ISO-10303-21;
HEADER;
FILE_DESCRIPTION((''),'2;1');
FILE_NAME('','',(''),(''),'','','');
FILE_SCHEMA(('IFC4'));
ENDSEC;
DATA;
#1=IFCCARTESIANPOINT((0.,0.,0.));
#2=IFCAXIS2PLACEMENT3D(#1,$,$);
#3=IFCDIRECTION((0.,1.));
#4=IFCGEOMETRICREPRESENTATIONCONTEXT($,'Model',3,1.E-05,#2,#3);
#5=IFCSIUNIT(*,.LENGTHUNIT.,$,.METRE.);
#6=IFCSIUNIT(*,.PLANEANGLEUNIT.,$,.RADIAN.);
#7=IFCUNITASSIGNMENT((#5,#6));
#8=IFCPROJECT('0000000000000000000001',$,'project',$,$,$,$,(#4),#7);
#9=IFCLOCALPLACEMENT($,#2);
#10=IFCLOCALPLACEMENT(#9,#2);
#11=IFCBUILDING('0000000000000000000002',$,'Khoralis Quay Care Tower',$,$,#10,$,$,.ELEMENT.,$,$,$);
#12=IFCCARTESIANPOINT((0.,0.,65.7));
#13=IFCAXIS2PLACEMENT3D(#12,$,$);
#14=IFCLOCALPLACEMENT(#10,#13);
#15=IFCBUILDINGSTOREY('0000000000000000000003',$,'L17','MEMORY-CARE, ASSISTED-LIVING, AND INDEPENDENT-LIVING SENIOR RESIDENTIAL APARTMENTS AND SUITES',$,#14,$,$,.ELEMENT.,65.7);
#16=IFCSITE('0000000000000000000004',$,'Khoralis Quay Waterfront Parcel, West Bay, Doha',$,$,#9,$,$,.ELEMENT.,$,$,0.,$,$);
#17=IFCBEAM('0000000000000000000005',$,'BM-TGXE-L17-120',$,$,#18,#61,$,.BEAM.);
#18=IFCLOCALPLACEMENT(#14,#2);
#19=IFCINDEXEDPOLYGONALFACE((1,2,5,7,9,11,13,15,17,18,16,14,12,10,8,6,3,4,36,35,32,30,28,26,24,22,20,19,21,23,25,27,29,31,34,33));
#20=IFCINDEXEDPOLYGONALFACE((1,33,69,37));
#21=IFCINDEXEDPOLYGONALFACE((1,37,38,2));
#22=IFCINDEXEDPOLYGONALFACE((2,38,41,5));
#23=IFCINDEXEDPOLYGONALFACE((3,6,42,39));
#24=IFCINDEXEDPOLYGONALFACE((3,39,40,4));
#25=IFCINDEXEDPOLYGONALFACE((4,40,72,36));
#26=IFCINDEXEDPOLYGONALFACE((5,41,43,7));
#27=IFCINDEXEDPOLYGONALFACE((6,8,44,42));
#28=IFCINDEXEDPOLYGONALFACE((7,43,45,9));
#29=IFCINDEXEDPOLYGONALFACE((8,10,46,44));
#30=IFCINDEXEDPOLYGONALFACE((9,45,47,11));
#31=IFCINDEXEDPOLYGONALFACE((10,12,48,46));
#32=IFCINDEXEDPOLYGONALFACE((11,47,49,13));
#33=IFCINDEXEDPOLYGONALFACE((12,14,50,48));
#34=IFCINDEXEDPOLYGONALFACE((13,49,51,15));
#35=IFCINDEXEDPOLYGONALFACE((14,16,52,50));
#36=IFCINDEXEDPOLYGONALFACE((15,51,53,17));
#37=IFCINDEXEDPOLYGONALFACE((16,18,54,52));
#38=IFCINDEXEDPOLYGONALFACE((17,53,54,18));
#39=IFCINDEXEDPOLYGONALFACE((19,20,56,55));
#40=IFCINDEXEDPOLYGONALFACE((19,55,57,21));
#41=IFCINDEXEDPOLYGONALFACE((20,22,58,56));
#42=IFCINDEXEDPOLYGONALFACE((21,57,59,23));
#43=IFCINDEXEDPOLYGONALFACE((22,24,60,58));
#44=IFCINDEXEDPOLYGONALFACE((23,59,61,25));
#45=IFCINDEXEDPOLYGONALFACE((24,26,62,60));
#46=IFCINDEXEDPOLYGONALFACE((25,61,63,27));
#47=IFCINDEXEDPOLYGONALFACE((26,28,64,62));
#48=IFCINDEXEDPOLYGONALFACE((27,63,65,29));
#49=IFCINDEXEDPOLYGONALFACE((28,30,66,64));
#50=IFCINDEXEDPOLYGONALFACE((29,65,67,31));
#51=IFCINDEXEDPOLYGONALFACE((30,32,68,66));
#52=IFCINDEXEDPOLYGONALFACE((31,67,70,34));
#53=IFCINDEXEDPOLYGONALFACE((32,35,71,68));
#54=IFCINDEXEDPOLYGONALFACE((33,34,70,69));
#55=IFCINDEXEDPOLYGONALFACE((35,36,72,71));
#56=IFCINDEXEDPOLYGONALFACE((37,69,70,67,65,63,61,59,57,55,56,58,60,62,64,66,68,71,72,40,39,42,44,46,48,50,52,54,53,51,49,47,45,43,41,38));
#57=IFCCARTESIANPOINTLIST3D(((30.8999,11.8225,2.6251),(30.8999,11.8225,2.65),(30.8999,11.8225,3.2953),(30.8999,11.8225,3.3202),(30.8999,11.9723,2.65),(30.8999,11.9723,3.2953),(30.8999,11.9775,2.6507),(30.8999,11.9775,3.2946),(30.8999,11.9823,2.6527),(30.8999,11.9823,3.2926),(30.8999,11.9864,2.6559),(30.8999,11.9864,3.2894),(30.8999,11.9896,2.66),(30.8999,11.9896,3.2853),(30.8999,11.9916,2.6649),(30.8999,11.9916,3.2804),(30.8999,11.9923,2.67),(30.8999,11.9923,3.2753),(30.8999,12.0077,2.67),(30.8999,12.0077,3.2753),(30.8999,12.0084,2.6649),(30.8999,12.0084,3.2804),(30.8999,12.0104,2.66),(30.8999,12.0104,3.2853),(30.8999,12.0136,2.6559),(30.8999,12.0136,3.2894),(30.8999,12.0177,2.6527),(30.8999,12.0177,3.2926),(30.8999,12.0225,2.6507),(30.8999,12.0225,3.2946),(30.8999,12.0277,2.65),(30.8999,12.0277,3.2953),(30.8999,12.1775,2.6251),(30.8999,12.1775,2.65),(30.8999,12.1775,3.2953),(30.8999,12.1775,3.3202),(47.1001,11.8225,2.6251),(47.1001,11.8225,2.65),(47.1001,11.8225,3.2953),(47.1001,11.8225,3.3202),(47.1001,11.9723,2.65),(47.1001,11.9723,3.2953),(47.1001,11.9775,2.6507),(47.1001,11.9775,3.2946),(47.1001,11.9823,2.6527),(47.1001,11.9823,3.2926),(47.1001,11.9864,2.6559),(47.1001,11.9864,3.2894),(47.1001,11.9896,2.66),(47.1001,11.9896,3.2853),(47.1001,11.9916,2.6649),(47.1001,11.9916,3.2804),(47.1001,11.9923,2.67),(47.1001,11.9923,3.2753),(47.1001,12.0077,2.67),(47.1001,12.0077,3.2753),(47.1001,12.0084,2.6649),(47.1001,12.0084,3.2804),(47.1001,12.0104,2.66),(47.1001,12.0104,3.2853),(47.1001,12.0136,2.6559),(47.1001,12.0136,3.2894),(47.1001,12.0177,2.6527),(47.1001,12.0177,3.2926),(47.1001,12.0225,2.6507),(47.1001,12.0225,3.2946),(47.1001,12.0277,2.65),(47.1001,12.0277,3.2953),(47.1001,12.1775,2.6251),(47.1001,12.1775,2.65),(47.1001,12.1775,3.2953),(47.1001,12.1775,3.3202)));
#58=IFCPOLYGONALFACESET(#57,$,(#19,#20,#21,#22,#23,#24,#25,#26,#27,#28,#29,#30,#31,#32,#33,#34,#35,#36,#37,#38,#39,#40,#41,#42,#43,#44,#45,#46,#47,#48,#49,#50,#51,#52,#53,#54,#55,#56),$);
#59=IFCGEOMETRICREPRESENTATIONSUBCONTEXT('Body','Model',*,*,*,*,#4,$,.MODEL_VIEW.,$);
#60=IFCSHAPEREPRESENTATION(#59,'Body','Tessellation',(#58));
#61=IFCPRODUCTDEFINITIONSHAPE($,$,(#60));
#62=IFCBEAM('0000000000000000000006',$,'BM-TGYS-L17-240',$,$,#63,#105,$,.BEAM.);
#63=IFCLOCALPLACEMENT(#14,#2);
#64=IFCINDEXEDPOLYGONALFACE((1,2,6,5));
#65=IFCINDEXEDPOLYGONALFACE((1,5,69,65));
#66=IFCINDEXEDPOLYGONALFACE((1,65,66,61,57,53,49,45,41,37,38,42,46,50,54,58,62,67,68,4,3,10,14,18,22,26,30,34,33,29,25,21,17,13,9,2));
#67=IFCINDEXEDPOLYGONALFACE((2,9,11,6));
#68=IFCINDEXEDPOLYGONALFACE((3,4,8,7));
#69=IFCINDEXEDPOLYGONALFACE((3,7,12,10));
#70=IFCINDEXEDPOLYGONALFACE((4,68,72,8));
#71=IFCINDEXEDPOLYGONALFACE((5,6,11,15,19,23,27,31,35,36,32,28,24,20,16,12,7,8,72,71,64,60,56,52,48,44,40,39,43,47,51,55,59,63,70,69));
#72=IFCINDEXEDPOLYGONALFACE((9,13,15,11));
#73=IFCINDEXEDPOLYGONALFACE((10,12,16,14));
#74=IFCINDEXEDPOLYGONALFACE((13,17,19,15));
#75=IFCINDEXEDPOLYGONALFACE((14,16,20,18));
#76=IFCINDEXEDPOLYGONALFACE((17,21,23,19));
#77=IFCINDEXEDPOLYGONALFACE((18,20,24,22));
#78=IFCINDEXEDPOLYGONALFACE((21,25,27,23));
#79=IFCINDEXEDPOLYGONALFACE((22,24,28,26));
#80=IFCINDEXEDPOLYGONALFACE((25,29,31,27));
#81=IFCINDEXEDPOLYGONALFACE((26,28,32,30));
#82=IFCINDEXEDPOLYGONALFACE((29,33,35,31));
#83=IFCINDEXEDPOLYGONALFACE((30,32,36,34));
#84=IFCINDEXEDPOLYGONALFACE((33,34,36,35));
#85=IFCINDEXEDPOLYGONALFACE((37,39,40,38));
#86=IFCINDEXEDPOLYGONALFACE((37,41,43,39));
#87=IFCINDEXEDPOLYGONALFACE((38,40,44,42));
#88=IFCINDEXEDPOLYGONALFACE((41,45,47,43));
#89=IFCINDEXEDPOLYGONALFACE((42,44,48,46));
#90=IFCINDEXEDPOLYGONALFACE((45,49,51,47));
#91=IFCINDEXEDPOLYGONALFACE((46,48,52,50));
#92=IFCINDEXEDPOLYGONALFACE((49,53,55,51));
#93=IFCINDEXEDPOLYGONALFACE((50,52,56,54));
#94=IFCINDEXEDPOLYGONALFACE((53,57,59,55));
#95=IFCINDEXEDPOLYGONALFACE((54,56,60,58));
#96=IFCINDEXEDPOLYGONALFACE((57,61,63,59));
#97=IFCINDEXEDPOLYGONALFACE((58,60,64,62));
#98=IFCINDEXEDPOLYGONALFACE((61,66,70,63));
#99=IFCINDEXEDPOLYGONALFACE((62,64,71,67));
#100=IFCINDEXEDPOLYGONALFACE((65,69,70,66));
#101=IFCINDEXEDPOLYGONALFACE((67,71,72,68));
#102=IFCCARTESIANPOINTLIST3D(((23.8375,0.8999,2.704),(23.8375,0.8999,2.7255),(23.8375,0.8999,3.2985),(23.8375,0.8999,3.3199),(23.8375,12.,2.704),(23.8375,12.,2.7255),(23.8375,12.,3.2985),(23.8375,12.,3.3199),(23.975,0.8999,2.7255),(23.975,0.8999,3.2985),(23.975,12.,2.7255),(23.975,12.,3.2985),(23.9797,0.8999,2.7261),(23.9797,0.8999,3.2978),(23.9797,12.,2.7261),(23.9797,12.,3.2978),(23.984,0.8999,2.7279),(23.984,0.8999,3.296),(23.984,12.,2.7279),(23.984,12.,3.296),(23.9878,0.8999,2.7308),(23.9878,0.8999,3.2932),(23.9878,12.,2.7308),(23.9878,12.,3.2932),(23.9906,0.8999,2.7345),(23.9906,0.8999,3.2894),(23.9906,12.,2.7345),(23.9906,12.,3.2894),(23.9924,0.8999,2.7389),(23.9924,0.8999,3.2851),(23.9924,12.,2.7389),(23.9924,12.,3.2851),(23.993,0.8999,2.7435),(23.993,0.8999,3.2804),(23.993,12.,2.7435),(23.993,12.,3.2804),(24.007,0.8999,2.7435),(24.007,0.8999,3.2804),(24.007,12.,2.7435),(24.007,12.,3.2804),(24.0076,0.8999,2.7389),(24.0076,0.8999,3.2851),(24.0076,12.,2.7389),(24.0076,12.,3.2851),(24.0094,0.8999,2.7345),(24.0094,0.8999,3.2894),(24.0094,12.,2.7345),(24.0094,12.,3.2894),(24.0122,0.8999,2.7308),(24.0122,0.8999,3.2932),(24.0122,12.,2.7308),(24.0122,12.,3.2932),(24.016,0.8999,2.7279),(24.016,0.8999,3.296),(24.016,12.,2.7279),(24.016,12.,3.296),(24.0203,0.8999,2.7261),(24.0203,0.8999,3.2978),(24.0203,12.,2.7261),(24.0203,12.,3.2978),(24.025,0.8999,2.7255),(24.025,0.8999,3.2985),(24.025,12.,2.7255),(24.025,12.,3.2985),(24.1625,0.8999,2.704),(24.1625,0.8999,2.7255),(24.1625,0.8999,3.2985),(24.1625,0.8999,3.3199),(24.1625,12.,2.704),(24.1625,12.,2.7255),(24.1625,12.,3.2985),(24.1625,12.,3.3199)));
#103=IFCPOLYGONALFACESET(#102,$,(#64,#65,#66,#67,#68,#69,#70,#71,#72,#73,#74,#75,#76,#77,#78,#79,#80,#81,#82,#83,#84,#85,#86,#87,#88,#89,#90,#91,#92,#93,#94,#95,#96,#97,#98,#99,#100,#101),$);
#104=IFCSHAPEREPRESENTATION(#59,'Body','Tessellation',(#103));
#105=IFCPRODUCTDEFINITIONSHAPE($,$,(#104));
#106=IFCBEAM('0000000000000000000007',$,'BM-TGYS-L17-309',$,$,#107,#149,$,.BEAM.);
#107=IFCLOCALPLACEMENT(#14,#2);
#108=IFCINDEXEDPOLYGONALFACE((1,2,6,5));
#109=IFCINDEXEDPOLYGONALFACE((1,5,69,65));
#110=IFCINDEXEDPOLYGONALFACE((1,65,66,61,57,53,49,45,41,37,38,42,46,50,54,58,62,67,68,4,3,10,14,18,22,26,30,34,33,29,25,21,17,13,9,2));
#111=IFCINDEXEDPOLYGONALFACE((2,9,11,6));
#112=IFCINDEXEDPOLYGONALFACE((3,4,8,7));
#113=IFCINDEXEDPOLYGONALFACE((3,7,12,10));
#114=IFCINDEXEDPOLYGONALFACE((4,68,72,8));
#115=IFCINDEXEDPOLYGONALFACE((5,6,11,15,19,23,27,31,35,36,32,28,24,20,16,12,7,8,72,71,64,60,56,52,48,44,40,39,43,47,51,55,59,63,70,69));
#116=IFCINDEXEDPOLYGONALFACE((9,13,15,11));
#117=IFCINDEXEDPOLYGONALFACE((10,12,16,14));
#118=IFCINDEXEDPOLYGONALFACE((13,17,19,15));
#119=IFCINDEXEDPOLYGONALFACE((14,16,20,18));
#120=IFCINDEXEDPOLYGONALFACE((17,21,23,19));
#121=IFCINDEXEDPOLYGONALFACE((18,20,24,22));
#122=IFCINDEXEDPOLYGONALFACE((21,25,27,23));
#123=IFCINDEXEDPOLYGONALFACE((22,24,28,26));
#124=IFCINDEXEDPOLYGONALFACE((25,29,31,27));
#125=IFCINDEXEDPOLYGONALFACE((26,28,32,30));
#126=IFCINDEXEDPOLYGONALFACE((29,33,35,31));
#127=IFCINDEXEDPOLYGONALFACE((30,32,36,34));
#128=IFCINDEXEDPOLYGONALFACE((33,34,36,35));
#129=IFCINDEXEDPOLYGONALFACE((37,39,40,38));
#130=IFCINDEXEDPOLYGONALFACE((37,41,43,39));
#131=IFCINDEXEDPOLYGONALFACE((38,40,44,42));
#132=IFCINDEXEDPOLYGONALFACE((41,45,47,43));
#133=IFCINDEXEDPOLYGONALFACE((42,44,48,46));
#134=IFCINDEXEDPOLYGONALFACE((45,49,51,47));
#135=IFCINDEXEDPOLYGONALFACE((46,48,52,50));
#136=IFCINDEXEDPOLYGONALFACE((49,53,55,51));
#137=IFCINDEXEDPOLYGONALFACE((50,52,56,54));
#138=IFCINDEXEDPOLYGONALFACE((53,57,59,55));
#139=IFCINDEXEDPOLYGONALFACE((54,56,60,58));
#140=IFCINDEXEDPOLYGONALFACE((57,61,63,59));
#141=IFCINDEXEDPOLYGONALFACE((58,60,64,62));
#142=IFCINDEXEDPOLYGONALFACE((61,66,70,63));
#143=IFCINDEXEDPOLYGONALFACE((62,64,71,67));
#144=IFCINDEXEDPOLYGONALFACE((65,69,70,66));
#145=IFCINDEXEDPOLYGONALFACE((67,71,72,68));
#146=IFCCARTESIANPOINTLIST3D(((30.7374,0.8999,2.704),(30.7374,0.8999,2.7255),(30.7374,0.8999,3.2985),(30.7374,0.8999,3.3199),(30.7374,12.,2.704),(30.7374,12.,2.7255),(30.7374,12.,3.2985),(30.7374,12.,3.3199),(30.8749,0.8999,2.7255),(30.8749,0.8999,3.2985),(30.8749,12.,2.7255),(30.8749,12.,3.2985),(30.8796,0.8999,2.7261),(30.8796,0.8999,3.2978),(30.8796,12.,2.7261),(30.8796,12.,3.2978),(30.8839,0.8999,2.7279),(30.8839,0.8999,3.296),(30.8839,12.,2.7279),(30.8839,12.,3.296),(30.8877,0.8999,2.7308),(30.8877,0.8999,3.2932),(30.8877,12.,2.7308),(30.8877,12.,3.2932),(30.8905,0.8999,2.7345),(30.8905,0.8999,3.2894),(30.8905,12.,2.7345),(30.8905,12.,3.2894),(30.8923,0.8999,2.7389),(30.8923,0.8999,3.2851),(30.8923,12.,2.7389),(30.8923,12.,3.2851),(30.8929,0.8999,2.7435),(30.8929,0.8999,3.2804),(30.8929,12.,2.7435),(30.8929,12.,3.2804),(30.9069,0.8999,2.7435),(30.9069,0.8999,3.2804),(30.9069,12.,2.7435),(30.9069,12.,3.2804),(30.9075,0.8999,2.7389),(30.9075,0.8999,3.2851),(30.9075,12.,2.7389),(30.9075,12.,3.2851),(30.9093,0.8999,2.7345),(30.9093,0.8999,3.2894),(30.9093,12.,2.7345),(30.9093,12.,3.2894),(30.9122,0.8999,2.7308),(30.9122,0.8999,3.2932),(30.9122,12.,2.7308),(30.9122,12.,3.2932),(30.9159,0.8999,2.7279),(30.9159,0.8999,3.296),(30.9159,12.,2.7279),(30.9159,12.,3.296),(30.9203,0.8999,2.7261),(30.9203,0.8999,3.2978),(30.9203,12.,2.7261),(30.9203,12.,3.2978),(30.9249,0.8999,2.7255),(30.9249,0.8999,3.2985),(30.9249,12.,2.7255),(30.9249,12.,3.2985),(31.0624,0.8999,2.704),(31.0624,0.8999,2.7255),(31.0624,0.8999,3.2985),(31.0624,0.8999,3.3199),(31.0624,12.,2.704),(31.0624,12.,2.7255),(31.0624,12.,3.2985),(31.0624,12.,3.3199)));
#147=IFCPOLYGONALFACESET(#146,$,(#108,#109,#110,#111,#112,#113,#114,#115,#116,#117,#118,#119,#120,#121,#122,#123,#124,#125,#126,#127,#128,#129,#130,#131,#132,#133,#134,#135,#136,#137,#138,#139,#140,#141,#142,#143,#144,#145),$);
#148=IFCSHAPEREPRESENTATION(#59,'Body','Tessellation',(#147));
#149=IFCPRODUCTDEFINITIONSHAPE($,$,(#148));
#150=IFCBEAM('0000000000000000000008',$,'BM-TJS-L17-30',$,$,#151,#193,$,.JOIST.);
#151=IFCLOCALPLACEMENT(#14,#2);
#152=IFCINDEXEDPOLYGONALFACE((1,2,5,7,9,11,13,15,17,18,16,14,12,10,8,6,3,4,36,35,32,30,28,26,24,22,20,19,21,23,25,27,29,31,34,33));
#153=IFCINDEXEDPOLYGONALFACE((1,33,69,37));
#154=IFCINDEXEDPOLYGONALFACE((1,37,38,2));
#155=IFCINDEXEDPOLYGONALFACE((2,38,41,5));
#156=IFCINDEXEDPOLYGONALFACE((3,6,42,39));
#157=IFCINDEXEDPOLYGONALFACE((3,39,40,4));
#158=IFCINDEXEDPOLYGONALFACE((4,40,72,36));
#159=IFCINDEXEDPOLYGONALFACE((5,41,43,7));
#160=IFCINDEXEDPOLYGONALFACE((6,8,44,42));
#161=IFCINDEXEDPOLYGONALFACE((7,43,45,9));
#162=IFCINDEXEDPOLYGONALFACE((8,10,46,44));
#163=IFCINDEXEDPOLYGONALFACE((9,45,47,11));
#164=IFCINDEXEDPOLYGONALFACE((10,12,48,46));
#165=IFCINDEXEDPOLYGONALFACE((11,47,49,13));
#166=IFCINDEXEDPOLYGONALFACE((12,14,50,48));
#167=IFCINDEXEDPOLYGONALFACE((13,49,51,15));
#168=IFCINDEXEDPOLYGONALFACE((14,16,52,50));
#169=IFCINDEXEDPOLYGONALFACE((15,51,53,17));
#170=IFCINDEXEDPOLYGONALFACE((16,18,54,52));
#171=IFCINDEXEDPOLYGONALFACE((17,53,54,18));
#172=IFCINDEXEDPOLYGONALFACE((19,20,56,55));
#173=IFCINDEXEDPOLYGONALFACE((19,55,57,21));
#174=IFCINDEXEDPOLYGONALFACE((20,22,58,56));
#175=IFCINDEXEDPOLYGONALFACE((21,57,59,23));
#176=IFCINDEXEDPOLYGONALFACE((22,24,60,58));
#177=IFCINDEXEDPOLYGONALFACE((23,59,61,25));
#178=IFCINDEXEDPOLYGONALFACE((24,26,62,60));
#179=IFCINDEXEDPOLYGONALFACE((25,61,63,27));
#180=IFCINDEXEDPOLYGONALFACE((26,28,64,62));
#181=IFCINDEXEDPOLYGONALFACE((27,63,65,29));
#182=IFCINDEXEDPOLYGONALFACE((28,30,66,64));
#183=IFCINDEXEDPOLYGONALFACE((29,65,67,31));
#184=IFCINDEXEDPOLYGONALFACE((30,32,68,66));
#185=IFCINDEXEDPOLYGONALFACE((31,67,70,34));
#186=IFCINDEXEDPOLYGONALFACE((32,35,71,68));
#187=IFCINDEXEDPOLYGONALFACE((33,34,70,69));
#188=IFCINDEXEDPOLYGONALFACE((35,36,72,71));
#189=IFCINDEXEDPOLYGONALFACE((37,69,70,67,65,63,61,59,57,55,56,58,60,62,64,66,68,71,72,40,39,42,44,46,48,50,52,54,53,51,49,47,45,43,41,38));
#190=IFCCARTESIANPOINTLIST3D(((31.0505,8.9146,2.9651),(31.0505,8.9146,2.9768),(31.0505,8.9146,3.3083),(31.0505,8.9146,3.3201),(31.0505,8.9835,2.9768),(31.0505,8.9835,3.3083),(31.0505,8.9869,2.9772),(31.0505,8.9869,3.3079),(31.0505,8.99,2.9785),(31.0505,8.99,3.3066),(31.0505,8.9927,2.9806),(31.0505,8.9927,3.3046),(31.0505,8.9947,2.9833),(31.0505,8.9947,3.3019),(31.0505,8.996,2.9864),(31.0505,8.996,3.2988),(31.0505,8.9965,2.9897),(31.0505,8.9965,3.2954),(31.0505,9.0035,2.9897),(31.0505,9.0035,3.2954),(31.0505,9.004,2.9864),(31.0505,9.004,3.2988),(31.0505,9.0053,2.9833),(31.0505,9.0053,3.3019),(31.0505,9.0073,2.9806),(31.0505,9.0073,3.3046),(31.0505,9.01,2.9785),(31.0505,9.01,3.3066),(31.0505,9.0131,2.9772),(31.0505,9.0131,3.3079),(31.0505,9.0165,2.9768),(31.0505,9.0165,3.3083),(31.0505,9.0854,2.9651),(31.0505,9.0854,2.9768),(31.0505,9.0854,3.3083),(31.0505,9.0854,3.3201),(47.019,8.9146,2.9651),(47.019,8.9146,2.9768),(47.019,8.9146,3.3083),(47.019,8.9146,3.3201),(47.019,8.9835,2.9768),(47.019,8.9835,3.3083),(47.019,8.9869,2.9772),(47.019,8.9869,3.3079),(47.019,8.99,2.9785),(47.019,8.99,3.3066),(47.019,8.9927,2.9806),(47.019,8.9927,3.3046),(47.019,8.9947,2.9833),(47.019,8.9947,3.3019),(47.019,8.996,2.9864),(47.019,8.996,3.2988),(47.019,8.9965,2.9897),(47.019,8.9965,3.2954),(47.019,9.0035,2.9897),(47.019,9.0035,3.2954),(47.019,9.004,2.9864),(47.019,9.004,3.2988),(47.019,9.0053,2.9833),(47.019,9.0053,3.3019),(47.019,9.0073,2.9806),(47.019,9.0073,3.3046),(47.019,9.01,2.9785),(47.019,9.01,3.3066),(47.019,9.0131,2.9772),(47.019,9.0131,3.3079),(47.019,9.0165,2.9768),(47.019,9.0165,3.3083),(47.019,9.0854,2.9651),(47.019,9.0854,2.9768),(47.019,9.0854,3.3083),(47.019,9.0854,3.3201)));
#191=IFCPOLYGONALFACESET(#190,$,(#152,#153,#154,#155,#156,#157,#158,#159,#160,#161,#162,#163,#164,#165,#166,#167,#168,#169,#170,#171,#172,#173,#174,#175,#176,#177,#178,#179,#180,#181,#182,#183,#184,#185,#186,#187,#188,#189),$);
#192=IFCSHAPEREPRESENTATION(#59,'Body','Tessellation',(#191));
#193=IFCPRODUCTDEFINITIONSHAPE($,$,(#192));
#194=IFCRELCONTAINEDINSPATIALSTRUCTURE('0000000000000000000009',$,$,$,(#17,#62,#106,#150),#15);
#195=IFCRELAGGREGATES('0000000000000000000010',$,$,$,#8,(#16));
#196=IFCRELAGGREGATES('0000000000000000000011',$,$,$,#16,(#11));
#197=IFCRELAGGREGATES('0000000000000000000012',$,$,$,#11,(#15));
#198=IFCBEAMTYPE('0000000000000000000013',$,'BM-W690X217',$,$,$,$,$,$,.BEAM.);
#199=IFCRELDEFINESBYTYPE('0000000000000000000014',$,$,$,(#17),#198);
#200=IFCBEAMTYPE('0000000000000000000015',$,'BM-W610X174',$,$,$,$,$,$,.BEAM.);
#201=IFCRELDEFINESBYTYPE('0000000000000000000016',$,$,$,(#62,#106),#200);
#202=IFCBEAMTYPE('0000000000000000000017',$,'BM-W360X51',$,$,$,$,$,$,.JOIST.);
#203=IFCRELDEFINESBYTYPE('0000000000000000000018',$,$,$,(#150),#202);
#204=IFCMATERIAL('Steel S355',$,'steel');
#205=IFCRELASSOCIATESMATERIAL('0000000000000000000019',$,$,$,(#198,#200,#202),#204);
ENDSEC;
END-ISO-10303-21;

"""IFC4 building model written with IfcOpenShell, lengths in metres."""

from ifc_helpers import new_model, si_unit, direction, frame, origin, origin_2d, place, context, subcontext, project, spatial, i_section, extrude, source, transform, mapped, material, material_profile, profile_set, type_object, element, save


model = new_model("IFC4")

# Units and contexts
model_context = context("Model", 3, precision=1e-05, world=origin(), true_north=direction((0.0, 1.0)))
body_context = subcontext(model_context, "Body", "Model", "MODEL_VIEW")
ifc_project = project(units=[si_unit("LENGTHUNIT", "METRE"), si_unit("PLANEANGLEUNIT", "RADIAN")], contexts=[model_context])

# Site, building, storey
site_placement = place(None, origin())
site = spatial("IfcSite", under=ifc_project, at=site_placement, Name="Khoralis Quay Waterfront Parcel, West Bay, Doha", CompositionType="ELEMENT", RefElevation=0.0)
building_placement = place(site_placement, origin())
building = spatial("IfcBuilding", under=site, at=building_placement, Name="Khoralis Quay Care Tower", CompositionType="ELEMENT")
storey_placement = place(building_placement, frame((0.0, 0.0, 65.7)))
storey = spatial("IfcBuildingStorey", under=building, at=storey_placement, Name="L17", Description="MEMORY-CARE, ASSISTED-LIVING, AND INDEPENDENT-LIVING SENIOR RESIDENTIAL APARTMENTS AND SUITES", CompositionType="ELEMENT", Elevation=65.7)

# Beams
ifc_material_1 = material(Name="Steel S355", Category="steel")
ifc_material_profile_1 = material_profile(ifc_material_1, i_section(OverallWidth=0.355, OverallDepth=0.6951, WebThickness=0.0154, FlangeThickness=0.0249, FilletRadius=0.02, at=origin_2d()), Name="Steel S355")
ifc_profile_set_1 = profile_set([ifc_material_profile_1], Name="Steel S355")
beam_type_1 = type_object("IfcBeamType", Name="BM-W690X217", PredefinedType="BEAM", material=ifc_profile_set_1)
shared_shape_1 = source(origin(), body_context, "Body", "SweptSolid", [
    extrude(i_section(OverallWidth=0.355, OverallDepth=0.6951, WebThickness=0.0154, FlangeThickness=0.0249, FilletRadius=0.02, at=origin_2d()), origin(), (0.0, 0.0, 1.0), 16.2002),
])
beam_1_placement = place(storey_placement, frame((30.8999, 12.0, 2.9727), z_axis=(1.0, 0.0, 0.0), x_axis=(0.0, 1.0, 0.0)))
element("IfcBeam", 1, at=beam_1_placement, inside=storey, type_object=beam_type_1, Name="BM-TGXE-L17-120", PredefinedType="BEAM", context=body_context, shape_type="MappedRepresentation", body=[
    mapped(shared_shape_1, transform((0.0, 0.0, 0.0), scale=1.0)),
])
ifc_material_profile_2 = material_profile(ifc_material_1, i_section(OverallWidth=0.325, OverallDepth=0.616, WebThickness=0.0139, FlangeThickness=0.0215, FilletRadius=0.0181, at=origin_2d()), Name="Steel S355")
ifc_profile_set_2 = profile_set([ifc_material_profile_2], Name="Steel S355")
beam_type_2 = type_object("IfcBeamType", Name="BM-W610X174", PredefinedType="BEAM", material=ifc_profile_set_2)
shared_shape_2 = source(origin(), body_context, "Body", "SweptSolid", [
    extrude(i_section(OverallWidth=0.325, OverallDepth=0.616, WebThickness=0.0139, FlangeThickness=0.0215, FilletRadius=0.0181, at=origin_2d()), origin(), (0.0, 0.0, 1.0), 11.1001),
])
for number, where, z_axis, x_axis, name in (
    (2, (24.0, 0.8999, 3.012), (0.0, 1.0, 0.0), (-1.0, 0.0, 0.0), "BM-TGYS-L17-240"),
    (3, (30.8999, 0.8999, 3.012), (0.0, 1.0, 0.0), (-1.0, 0.0, 0.0), "BM-TGYS-L17-309"),
):
    element("IfcBeam", number, at=place(storey_placement, frame(where, z_axis=z_axis, x_axis=x_axis)), inside=storey, type_object=beam_type_2, Name=name, PredefinedType="BEAM", context=body_context, shape_type="MappedRepresentation", body=[
        mapped(shared_shape_2, transform((0.0, 0.0, 0.0), scale=1.0)),
    ])
ifc_material_profile_3 = material_profile(ifc_material_1, i_section(OverallWidth=0.1709, OverallDepth=0.355, WebThickness=0.0071, FlangeThickness=0.0117, FilletRadius=0.0129, at=origin_2d()), Name="Steel S355")
ifc_profile_set_3 = profile_set([ifc_material_profile_3], Name="Steel S355")
beam_type_3 = type_object("IfcBeamType", Name="BM-W360X51", PredefinedType="JOIST", material=ifc_profile_set_3)
shared_shape_3 = source(origin(), body_context, "Body", "SweptSolid", [
    extrude(i_section(OverallWidth=0.1709, OverallDepth=0.355, WebThickness=0.0071, FlangeThickness=0.0117, FilletRadius=0.0129, at=origin_2d()), origin(), (0.0, 0.0, 1.0), 15.9685),
])
beam_2_placement = place(storey_placement, frame((31.0505, 9.0, 3.1426), z_axis=(1.0, 0.0, 0.0), x_axis=(0.0, 1.0, 0.0)))
element("IfcBeam", 4, at=beam_2_placement, inside=storey, type_object=beam_type_3, Name="BM-TJS-L17-30", PredefinedType="JOIST", context=body_context, shape_type="MappedRepresentation", body=[
    mapped(shared_shape_3, transform((0.0, 0.0, 0.0), scale=1.0)),
])

save(model, "model.ifc")
